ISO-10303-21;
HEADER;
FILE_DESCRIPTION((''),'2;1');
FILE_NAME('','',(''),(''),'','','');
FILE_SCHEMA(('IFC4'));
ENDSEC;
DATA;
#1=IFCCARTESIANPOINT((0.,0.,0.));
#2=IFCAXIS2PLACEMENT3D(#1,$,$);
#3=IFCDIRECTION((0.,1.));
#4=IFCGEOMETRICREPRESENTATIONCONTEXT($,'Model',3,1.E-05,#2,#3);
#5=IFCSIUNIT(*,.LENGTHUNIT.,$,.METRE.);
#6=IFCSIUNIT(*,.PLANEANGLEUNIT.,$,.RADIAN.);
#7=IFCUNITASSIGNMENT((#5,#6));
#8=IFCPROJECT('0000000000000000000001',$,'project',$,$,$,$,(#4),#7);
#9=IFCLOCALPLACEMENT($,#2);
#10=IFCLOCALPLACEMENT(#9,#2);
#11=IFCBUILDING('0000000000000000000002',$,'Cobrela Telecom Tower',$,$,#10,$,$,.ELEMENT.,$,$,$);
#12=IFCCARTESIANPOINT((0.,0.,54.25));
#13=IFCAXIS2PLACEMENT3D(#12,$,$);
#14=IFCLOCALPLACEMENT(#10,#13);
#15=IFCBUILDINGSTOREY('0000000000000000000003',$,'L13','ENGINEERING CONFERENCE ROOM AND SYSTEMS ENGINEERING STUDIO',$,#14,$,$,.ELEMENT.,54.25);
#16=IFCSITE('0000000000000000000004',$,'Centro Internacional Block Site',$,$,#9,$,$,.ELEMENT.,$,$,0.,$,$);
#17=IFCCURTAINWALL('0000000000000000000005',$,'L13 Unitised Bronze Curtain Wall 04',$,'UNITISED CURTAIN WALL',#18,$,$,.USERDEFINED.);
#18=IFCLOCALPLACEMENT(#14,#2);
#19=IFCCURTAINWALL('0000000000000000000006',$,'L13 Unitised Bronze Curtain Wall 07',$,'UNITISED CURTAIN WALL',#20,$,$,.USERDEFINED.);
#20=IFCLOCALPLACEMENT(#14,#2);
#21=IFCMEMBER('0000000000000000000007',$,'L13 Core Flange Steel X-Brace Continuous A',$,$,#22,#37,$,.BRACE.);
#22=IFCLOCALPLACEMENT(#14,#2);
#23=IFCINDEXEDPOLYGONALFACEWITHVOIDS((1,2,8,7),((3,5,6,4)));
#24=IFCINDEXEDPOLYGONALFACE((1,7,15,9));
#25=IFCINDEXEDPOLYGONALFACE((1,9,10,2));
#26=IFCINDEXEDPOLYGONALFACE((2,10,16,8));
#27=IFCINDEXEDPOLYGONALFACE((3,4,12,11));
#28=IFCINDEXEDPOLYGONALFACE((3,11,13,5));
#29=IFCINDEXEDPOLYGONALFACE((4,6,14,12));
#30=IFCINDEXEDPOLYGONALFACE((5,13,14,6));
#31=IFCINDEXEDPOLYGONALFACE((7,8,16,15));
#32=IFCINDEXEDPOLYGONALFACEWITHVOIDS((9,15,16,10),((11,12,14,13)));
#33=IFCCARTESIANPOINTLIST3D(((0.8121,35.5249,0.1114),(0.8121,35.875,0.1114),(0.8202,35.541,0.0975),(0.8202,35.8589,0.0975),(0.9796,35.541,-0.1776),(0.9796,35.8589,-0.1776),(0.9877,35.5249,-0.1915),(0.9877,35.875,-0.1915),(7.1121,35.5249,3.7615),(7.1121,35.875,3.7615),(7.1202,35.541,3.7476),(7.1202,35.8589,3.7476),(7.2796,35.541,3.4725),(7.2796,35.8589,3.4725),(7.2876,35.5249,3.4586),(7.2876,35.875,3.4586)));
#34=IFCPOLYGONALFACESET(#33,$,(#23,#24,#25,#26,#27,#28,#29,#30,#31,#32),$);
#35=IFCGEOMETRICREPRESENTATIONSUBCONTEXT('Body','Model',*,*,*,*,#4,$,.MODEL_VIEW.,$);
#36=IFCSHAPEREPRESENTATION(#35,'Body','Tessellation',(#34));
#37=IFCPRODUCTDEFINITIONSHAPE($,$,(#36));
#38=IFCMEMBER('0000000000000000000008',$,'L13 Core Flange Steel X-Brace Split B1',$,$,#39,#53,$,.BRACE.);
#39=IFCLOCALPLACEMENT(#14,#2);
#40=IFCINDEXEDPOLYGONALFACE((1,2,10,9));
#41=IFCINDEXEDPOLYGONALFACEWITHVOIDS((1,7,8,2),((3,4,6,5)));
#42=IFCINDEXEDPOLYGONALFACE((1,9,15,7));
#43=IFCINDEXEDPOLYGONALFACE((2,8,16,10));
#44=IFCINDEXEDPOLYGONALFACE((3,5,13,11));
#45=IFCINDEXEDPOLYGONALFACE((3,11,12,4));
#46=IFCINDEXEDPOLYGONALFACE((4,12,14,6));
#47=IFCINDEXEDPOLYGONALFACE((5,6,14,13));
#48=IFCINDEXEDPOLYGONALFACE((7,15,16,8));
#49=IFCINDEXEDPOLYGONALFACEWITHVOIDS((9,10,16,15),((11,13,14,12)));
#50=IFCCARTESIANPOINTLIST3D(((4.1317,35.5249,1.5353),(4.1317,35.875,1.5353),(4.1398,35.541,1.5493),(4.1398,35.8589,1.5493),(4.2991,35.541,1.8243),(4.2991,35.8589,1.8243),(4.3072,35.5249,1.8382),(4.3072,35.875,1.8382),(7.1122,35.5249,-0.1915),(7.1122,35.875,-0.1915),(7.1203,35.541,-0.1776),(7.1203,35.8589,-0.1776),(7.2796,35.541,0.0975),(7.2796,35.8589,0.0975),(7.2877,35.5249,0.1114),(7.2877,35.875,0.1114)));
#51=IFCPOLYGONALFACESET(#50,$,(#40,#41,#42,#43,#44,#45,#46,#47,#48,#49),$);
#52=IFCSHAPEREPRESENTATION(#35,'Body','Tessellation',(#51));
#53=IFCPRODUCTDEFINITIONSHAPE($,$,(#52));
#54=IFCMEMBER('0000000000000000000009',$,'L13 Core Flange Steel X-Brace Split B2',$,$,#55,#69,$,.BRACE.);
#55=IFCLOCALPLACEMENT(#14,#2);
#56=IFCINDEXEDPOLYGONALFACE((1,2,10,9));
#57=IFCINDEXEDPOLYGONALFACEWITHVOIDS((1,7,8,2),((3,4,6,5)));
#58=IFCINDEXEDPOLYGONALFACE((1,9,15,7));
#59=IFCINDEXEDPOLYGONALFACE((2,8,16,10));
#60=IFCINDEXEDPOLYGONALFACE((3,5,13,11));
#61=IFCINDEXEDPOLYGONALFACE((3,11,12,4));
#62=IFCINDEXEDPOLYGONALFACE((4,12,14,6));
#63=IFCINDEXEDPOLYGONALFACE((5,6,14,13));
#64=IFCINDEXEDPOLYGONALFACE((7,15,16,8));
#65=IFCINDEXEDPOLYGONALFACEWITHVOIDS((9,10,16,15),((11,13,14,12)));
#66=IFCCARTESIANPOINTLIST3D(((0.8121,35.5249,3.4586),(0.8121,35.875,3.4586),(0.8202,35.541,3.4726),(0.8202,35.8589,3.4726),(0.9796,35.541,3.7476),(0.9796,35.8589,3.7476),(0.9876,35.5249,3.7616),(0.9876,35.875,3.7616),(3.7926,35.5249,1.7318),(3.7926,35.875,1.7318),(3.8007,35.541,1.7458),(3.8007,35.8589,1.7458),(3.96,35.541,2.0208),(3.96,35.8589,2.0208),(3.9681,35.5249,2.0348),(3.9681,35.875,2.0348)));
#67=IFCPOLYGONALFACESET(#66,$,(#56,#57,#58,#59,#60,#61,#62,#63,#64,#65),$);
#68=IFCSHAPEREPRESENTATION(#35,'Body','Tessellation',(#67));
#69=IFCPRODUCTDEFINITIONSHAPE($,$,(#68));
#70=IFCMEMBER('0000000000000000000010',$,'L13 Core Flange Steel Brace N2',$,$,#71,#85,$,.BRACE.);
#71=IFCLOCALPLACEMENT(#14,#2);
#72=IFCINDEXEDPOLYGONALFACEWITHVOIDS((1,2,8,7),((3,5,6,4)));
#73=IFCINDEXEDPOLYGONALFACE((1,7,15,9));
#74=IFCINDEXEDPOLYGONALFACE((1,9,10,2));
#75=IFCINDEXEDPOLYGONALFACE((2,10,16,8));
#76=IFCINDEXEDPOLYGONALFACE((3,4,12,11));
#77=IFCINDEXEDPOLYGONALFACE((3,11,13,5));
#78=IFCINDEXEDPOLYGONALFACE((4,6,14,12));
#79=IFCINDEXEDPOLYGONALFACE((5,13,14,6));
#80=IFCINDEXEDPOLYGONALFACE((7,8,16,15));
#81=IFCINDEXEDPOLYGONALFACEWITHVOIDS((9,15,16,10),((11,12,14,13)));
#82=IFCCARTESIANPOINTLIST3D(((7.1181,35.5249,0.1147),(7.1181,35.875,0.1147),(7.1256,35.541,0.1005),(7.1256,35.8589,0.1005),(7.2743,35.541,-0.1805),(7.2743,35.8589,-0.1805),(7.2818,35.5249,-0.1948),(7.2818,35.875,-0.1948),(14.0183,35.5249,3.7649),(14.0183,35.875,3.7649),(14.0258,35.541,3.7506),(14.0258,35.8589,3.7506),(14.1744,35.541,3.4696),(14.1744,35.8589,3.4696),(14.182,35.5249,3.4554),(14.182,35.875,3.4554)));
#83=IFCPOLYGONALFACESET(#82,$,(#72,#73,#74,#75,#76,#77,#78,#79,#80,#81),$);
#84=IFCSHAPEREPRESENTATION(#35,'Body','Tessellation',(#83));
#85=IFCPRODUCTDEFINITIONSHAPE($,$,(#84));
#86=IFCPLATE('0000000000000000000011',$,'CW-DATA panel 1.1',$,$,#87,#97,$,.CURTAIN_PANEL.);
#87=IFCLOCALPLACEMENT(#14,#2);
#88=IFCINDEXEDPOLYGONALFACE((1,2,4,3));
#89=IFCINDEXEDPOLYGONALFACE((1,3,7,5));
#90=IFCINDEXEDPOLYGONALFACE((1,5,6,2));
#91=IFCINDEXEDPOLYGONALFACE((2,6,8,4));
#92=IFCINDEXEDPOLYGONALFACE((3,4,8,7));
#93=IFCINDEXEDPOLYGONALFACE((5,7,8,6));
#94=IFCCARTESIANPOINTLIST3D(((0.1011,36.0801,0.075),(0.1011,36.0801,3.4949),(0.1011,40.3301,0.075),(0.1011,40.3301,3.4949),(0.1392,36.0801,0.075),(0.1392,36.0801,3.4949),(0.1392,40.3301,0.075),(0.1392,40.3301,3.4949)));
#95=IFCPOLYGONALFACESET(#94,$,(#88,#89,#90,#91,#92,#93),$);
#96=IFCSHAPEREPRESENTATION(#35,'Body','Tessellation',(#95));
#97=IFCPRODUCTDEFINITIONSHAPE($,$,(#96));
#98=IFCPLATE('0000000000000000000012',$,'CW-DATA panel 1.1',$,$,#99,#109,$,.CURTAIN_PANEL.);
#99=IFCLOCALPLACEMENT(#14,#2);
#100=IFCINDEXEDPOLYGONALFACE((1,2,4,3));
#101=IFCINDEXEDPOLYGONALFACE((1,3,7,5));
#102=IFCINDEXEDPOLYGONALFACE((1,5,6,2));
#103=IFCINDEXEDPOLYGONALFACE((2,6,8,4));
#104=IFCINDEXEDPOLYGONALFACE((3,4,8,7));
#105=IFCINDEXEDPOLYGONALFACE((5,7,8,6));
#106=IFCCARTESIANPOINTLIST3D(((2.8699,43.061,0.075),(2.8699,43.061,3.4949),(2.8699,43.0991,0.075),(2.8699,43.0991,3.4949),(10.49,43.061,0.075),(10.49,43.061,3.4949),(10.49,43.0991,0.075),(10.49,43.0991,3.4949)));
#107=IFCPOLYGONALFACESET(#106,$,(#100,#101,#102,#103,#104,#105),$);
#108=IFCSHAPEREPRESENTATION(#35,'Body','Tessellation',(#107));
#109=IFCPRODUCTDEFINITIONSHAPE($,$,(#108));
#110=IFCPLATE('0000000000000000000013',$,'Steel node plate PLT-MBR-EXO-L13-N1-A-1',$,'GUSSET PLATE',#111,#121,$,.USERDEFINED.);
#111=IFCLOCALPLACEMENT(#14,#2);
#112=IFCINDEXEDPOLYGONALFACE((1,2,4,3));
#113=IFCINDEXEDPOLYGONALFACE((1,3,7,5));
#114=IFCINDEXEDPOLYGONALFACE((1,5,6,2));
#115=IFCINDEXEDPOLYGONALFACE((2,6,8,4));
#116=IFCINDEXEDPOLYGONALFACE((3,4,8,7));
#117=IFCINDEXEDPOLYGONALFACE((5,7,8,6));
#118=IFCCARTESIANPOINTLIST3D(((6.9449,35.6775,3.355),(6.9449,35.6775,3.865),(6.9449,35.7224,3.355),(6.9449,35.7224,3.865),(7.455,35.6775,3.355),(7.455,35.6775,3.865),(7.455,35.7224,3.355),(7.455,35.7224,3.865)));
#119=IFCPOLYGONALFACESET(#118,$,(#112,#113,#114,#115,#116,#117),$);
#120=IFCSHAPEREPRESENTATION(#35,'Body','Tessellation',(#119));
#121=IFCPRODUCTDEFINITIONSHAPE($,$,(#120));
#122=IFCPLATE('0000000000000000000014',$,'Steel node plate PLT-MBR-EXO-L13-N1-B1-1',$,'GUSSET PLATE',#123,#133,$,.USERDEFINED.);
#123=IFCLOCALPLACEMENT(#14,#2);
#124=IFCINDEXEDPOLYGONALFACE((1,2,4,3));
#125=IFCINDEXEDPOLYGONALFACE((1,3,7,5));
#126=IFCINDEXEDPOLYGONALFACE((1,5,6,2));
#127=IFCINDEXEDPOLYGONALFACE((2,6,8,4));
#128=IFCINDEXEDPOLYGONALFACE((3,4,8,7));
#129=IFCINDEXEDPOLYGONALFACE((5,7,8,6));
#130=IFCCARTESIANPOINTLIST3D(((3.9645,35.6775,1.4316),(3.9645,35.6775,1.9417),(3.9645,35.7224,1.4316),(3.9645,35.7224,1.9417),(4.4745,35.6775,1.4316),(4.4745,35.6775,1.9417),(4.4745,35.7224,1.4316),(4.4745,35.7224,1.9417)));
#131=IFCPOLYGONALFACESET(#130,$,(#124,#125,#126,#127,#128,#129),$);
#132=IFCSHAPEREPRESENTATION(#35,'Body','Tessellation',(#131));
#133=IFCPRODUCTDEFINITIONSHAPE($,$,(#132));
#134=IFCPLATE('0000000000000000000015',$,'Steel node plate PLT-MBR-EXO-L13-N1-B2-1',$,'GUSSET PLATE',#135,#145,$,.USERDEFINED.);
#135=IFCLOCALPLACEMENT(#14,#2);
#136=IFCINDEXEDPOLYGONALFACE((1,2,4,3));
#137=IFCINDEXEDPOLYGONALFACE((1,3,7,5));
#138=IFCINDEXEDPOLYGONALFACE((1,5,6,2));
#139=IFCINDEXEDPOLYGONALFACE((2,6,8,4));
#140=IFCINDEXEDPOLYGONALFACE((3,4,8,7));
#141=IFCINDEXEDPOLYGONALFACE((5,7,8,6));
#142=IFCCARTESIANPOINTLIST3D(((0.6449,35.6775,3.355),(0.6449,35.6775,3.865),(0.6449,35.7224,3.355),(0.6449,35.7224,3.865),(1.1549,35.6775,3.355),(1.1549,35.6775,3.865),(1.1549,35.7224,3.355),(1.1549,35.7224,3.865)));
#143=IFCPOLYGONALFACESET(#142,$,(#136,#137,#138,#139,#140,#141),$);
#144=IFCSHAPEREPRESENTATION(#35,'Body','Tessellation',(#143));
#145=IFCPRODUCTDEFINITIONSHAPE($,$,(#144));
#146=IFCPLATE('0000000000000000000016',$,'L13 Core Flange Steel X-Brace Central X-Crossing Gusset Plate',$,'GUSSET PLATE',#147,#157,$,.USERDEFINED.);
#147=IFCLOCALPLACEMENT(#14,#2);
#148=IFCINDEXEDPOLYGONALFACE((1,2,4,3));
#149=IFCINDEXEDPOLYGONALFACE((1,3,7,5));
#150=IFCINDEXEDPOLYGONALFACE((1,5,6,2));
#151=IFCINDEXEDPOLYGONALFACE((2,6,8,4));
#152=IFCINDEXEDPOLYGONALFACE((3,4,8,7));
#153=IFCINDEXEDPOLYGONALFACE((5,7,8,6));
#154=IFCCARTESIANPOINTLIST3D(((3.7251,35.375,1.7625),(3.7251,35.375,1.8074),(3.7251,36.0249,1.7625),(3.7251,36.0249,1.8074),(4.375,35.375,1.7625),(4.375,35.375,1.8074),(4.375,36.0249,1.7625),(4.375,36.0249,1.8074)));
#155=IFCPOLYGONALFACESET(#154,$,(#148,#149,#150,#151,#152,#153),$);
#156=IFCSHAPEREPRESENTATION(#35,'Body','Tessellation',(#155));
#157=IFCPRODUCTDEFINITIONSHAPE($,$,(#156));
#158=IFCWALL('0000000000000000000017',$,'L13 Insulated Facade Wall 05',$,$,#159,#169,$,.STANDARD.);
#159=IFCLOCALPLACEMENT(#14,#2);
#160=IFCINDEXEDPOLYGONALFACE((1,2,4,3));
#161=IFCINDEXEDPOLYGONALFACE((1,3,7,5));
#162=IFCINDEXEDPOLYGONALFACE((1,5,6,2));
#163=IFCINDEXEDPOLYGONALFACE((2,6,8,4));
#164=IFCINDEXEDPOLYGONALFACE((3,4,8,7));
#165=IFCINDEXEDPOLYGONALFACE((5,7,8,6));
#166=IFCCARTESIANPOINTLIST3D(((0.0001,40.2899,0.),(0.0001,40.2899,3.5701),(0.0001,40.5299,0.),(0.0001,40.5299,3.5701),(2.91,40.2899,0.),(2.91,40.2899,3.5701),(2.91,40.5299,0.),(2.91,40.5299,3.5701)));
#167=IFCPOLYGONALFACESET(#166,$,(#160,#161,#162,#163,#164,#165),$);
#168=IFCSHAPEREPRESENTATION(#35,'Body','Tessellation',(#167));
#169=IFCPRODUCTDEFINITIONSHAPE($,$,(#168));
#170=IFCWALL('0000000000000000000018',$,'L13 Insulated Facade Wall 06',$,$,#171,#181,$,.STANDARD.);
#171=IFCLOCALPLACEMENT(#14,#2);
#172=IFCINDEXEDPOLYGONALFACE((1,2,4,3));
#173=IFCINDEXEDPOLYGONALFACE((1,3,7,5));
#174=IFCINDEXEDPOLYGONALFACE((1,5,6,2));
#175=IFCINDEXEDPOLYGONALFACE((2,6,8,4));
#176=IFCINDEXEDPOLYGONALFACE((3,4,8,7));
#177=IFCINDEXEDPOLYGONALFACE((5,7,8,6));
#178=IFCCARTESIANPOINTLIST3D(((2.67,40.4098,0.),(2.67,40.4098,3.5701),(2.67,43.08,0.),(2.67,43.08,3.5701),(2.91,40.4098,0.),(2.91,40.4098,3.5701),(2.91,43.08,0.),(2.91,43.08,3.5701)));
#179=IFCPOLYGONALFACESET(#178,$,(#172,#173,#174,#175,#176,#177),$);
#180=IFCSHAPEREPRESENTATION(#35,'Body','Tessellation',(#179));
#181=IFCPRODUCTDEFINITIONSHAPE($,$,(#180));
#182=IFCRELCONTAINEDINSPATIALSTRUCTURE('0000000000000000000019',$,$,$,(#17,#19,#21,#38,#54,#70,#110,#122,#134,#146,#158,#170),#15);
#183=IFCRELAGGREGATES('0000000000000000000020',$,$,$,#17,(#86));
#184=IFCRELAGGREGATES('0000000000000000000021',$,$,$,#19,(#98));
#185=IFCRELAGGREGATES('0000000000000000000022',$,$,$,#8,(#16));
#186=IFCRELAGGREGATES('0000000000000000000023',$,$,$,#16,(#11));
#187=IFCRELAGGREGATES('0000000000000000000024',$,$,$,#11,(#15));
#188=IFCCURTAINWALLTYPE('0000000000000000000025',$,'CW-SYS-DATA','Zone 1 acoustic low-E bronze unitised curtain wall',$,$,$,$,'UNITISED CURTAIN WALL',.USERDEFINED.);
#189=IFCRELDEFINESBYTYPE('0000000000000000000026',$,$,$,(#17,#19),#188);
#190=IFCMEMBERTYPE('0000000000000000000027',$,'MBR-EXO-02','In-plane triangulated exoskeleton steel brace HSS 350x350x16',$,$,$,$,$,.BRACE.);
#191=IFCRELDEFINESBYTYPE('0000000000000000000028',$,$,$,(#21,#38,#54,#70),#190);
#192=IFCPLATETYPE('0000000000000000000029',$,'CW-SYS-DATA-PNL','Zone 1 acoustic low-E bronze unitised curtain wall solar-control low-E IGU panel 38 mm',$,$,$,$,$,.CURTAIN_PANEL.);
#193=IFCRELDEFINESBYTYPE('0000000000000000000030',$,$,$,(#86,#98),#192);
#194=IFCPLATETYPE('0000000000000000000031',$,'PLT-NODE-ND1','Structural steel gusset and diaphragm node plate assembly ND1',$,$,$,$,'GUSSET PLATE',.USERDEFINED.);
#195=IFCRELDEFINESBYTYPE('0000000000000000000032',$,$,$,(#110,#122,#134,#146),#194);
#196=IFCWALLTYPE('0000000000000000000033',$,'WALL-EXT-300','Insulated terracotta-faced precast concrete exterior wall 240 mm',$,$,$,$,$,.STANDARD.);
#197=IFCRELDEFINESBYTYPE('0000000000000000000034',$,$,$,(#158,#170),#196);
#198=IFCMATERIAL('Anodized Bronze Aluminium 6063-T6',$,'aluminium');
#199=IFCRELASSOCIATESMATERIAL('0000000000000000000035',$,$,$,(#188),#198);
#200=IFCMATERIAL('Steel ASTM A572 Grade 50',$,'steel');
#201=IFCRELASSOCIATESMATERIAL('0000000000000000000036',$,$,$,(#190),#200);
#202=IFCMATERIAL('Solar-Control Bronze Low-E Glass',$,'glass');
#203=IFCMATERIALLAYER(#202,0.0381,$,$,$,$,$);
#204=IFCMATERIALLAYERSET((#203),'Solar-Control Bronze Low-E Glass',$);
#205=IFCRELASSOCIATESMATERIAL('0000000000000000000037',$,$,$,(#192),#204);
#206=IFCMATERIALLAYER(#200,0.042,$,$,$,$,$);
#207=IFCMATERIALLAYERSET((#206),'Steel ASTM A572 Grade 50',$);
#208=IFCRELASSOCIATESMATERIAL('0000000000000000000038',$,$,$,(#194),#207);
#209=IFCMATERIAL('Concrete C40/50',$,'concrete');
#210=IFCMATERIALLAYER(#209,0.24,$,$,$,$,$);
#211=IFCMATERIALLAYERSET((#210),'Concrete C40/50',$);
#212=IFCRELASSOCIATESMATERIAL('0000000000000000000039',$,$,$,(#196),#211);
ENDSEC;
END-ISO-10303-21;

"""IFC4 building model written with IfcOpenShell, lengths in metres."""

from ifc_helpers import new_model, si_unit, direction, frame, frame_2d, origin, origin_2d, place, context, subcontext, project, spatial, rectangle, hollow_rectangle, extrude, material, layer, layer_set, material_profile, profile_set, type_object, element, aggregate, save


model = new_model("IFC4")

# Units and contexts
model_context = context("Model", 3, precision=1e-05, world=origin(), true_north=direction((0.0, 1.0)))
body_context = subcontext(model_context, "Body", "Model", "MODEL_VIEW")
ifc_project = project(units=[si_unit("LENGTHUNIT", "METRE"), si_unit("PLANEANGLEUNIT", "RADIAN")], contexts=[model_context])

# Site, building, storey
site_placement = place(None, origin())
site = spatial("IfcSite", under=ifc_project, at=site_placement, Name="Centro Internacional Block Site", CompositionType="ELEMENT", RefElevation=0.0)
building_placement = place(site_placement, origin())
building = spatial("IfcBuilding", under=site, at=building_placement, Name="Cobrela Telecom Tower", CompositionType="ELEMENT")
storey_placement = place(building_placement, frame((0.0, 0.0, 54.25)))
storey = spatial("IfcBuildingStorey", under=building, at=storey_placement, Name="L13", Description="ENGINEERING CONFERENCE ROOM AND SYSTEMS ENGINEERING STUDIO", CompositionType="ELEMENT", Elevation=54.25)

# Curtain walls
ifc_material_1 = material(Name="Anodized Bronze Aluminium 6063-T6", Category="aluminium")
curtain_wall_type = type_object("IfcCurtainWallType", Name="CW-SYS-DATA", Description="Zone 1 acoustic low-E bronze unitised curtain wall", ElementType="UNITISED CURTAIN WALL", PredefinedType="USERDEFINED", material=ifc_material_1)
curtain_wall_1_placement = place(storey_placement, origin())
curtain_wall_1 = element("IfcCurtainWall", 1, at=curtain_wall_1_placement, inside=storey, type_object=curtain_wall_type, Name="L13 Unitised Bronze Curtain Wall 04", ObjectType="UNITISED CURTAIN WALL", PredefinedType="USERDEFINED")
curtain_wall_2_placement = place(storey_placement, origin())
curtain_wall_2 = element("IfcCurtainWall", 2, at=curtain_wall_2_placement, inside=storey, type_object=curtain_wall_type, Name="L13 Unitised Bronze Curtain Wall 07", ObjectType="UNITISED CURTAIN WALL", PredefinedType="USERDEFINED")

# Members
ifc_material_2 = material(Name="Steel ASTM A572 Grade 50", Category="steel")
ifc_material_profile_1 = material_profile(ifc_material_2, hollow_rectangle(XDim=0.3501, YDim=0.3501, WallThickness=0.0161, at=origin_2d()), Name="HSS 350x350x16")
ifc_profile_set_1 = profile_set([ifc_material_profile_1], Name="Steel ASTM A572 Grade 50")
member_type_1 = type_object("IfcMemberType", Name="MBR-EXO-02", Description="In-plane triangulated exoskeleton steel brace HSS 350x350x16", PredefinedType="BRACE", material=ifc_profile_set_1)
member_1_placement = place(storey_placement, frame((0.8999, 35.7, -0.04), z_axis=(0.865262, 0.0, 0.501319), x_axis=(0.0, 1.0, 0.0)))
element("IfcMember", 3, at=member_1_placement, inside=storey, type_object=member_type_1, Name="L13 Core Flange Steel X-Brace Continuous A", PredefinedType="BRACE", context=body_context, shape_type="SweptSolid", body=[
    extrude(hollow_rectangle(XDim=0.3501, YDim=0.3501, WallThickness=0.0161, at=origin_2d()), origin(), (0.0, 0.0, 1.0), 7.281),
])
for number, where, z_axis, x_axis, name in (
    (4, (7.2, 35.7, -0.04), (-0.865266, 0.0, 0.501313), (0.0, -1.0, 0.0), "L13 Core Flange Steel X-Brace Split B1"),
    (5, (3.8804, 35.7, 1.8833), (-0.865266, 0.0, 0.501313), (0.0, -1.0, 0.0), "L13 Core Flange Steel X-Brace Split B2"),
):
    element("IfcMember", number, at=place(storey_placement, frame(where, z_axis=z_axis, x_axis=x_axis)), inside=storey, type_object=member_type_1, Name=name, PredefinedType="BRACE", context=body_context, shape_type="SweptSolid", body=[
        extrude(hollow_rectangle(XDim=0.3501, YDim=0.3501, WallThickness=0.0161, at=origin_2d()), origin(), (0.0, 0.0, 1.0), 3.4446),
    ])
member_2_placement = place(storey_placement, frame((7.2, 35.7, -0.04), z_axis=(0.88394, 0.0, 0.4676), x_axis=(0.0, 1.0, 0.0)))
element("IfcMember", 6, at=member_2_placement, inside=storey, type_object=member_type_1, Name="L13 Core Flange Steel Brace N2", PredefinedType="BRACE", context=body_context, shape_type="SweptSolid", body=[
    extrude(hollow_rectangle(XDim=0.3501, YDim=0.3501, WallThickness=0.0161, at=origin_2d()), origin(), (0.0, 0.0, 1.0), 7.8062),
])

# Plates
ifc_material_3 = material(Name="Solar-Control Bronze Low-E Glass", Category="glass")
ifc_layer_1 = layer(ifc_material_3, 0.0381)
ifc_layer_set_1 = layer_set([ifc_layer_1], Name="Solar-Control Bronze Low-E Glass")
plate_type_1 = type_object("IfcPlateType", Name="CW-SYS-DATA-PNL", Description="Zone 1 acoustic low-E bronze unitised curtain wall solar-control low-E IGU panel 38 mm", PredefinedType="CURTAIN_PANEL", material=ifc_layer_set_1)
plate_1_placement = place(storey_placement, frame((0.1201, 38.2051, 0.075), z_axis=(0.0, 0.0, 1.0), x_axis=(0.0, 1.0, 0.0)))
plate_1 = element("IfcPlate", 7, at=plate_1_placement, type_object=plate_type_1, Name="CW-DATA panel 1.1", PredefinedType="CURTAIN_PANEL", context=body_context, shape_type="SweptSolid", body=[
    extrude(rectangle(XDim=4.25, YDim=0.0381, at=origin_2d()), origin(), (0.0, 0.0, 1.0), 3.4199),
])
aggregate(curtain_wall_1, [plate_1])
plate_2_placement = place(storey_placement, frame((6.6799, 43.0801, 0.075), z_axis=(0.0, 0.0, 1.0), x_axis=(1.0, 0.0, 0.0)))
plate_2 = element("IfcPlate", 8, at=plate_2_placement, type_object=plate_type_1, Name="CW-DATA panel 1.1", PredefinedType="CURTAIN_PANEL", context=body_context, shape_type="SweptSolid", body=[
    extrude(rectangle(XDim=7.6201, YDim=0.0381, at=origin_2d()), origin(), (0.0, 0.0, 1.0), 3.4199),
])
aggregate(curtain_wall_2, [plate_2])

# Plates
ifc_layer_2 = layer(ifc_material_2, 0.042)
ifc_layer_set_2 = layer_set([ifc_layer_2], Name="Steel ASTM A572 Grade 50")
plate_type_2 = type_object("IfcPlateType", Name="PLT-NODE-ND1", Description="Structural steel gusset and diaphragm node plate assembly ND1", ElementType="GUSSET PLATE", PredefinedType="USERDEFINED", material=ifc_layer_set_2)
for number, where, z_axis, x_axis, name in (
    (9, (7.2, 35.7, 3.355), (0.0, 0.0, 1.0), (1.0, 0.0, 0.0), "Steel node plate PLT-MBR-EXO-L13-N1-A-1"),
    (10, (4.2195, 35.7, 1.4316), (0.0, 0.0, 1.0), (-1.0, 0.0, 0.0), "Steel node plate PLT-MBR-EXO-L13-N1-B1-1"),
    (11, (0.8999, 35.7, 3.355), (0.0, 0.0, 1.0), (-1.0, 0.0, 0.0), "Steel node plate PLT-MBR-EXO-L13-N1-B2-1"),
):
    element("IfcPlate", number, at=place(storey_placement, frame(where, z_axis=z_axis, x_axis=x_axis)), inside=storey, type_object=plate_type_2, Name=name, ObjectType="GUSSET PLATE", PredefinedType="USERDEFINED", context=body_context, shape_type="SweptSolid", body=[
        extrude(rectangle(XDim=0.51, YDim=0.0449, at=origin_2d()), origin(), (0.0, 0.0, 1.0), 0.51),
    ])
plate_3_placement = place(storey_placement, frame((4.05, 35.7, 1.7625), z_axis=(0.0, 0.0, 1.0), x_axis=(1.0, 0.0, 0.0)))
element("IfcPlate", 12, at=plate_3_placement, inside=storey, type_object=plate_type_2, Name="L13 Core Flange Steel X-Brace Central X-Crossing Gusset Plate", ObjectType="GUSSET PLATE", PredefinedType="USERDEFINED", context=body_context, shape_type="SweptSolid", body=[
    extrude(rectangle(XDim=0.6499, YDim=0.6499, at=origin_2d()), origin(), (0.0, 0.0, 1.0), 0.0449),
])

# Walls
ifc_material_4 = material(Name="Concrete C40/50", Category="concrete")
ifc_layer_3 = layer(ifc_material_4, 0.24)
ifc_layer_set_3 = layer_set([ifc_layer_3], Name="Concrete C40/50")
wall_type = type_object("IfcWallType", Name="WALL-EXT-300", Description="Insulated terracotta-faced precast concrete exterior wall 240 mm", PredefinedType="STANDARD", material=ifc_layer_set_3)
wall_1_placement = place(storey_placement, frame((0.0, 40.4099, 0.0), z_axis=(0.0, 0.0, 1.0), x_axis=(1.0, 0.0, 0.0)))
element("IfcWall", 13, at=wall_1_placement, inside=storey, type_object=wall_type, Name="L13 Insulated Facade Wall 05", PredefinedType="STANDARD", context=body_context, shape_type="SweptSolid", body=[
    extrude(rectangle(XDim=2.9099, YDim=0.24, at=frame_2d((1.4551, 0.0))), origin(), (0.0, 0.0, 1.0), 3.5701),
])
wall_2_placement = place(storey_placement, frame((2.79, 40.4099, 0.0), z_axis=(0.0, 0.0, 1.0), x_axis=(0.0, 1.0, 0.0)))
element("IfcWall", 14, at=wall_2_placement, inside=storey, type_object=wall_type, Name="L13 Insulated Facade Wall 06", PredefinedType="STANDARD", context=body_context, shape_type="SweptSolid", body=[
    extrude(rectangle(XDim=2.6702, YDim=0.24, at=frame_2d((1.335, 0.0))), origin(), (0.0, 0.0, 1.0), 3.5701),
])

save(model, "model.ifc")
